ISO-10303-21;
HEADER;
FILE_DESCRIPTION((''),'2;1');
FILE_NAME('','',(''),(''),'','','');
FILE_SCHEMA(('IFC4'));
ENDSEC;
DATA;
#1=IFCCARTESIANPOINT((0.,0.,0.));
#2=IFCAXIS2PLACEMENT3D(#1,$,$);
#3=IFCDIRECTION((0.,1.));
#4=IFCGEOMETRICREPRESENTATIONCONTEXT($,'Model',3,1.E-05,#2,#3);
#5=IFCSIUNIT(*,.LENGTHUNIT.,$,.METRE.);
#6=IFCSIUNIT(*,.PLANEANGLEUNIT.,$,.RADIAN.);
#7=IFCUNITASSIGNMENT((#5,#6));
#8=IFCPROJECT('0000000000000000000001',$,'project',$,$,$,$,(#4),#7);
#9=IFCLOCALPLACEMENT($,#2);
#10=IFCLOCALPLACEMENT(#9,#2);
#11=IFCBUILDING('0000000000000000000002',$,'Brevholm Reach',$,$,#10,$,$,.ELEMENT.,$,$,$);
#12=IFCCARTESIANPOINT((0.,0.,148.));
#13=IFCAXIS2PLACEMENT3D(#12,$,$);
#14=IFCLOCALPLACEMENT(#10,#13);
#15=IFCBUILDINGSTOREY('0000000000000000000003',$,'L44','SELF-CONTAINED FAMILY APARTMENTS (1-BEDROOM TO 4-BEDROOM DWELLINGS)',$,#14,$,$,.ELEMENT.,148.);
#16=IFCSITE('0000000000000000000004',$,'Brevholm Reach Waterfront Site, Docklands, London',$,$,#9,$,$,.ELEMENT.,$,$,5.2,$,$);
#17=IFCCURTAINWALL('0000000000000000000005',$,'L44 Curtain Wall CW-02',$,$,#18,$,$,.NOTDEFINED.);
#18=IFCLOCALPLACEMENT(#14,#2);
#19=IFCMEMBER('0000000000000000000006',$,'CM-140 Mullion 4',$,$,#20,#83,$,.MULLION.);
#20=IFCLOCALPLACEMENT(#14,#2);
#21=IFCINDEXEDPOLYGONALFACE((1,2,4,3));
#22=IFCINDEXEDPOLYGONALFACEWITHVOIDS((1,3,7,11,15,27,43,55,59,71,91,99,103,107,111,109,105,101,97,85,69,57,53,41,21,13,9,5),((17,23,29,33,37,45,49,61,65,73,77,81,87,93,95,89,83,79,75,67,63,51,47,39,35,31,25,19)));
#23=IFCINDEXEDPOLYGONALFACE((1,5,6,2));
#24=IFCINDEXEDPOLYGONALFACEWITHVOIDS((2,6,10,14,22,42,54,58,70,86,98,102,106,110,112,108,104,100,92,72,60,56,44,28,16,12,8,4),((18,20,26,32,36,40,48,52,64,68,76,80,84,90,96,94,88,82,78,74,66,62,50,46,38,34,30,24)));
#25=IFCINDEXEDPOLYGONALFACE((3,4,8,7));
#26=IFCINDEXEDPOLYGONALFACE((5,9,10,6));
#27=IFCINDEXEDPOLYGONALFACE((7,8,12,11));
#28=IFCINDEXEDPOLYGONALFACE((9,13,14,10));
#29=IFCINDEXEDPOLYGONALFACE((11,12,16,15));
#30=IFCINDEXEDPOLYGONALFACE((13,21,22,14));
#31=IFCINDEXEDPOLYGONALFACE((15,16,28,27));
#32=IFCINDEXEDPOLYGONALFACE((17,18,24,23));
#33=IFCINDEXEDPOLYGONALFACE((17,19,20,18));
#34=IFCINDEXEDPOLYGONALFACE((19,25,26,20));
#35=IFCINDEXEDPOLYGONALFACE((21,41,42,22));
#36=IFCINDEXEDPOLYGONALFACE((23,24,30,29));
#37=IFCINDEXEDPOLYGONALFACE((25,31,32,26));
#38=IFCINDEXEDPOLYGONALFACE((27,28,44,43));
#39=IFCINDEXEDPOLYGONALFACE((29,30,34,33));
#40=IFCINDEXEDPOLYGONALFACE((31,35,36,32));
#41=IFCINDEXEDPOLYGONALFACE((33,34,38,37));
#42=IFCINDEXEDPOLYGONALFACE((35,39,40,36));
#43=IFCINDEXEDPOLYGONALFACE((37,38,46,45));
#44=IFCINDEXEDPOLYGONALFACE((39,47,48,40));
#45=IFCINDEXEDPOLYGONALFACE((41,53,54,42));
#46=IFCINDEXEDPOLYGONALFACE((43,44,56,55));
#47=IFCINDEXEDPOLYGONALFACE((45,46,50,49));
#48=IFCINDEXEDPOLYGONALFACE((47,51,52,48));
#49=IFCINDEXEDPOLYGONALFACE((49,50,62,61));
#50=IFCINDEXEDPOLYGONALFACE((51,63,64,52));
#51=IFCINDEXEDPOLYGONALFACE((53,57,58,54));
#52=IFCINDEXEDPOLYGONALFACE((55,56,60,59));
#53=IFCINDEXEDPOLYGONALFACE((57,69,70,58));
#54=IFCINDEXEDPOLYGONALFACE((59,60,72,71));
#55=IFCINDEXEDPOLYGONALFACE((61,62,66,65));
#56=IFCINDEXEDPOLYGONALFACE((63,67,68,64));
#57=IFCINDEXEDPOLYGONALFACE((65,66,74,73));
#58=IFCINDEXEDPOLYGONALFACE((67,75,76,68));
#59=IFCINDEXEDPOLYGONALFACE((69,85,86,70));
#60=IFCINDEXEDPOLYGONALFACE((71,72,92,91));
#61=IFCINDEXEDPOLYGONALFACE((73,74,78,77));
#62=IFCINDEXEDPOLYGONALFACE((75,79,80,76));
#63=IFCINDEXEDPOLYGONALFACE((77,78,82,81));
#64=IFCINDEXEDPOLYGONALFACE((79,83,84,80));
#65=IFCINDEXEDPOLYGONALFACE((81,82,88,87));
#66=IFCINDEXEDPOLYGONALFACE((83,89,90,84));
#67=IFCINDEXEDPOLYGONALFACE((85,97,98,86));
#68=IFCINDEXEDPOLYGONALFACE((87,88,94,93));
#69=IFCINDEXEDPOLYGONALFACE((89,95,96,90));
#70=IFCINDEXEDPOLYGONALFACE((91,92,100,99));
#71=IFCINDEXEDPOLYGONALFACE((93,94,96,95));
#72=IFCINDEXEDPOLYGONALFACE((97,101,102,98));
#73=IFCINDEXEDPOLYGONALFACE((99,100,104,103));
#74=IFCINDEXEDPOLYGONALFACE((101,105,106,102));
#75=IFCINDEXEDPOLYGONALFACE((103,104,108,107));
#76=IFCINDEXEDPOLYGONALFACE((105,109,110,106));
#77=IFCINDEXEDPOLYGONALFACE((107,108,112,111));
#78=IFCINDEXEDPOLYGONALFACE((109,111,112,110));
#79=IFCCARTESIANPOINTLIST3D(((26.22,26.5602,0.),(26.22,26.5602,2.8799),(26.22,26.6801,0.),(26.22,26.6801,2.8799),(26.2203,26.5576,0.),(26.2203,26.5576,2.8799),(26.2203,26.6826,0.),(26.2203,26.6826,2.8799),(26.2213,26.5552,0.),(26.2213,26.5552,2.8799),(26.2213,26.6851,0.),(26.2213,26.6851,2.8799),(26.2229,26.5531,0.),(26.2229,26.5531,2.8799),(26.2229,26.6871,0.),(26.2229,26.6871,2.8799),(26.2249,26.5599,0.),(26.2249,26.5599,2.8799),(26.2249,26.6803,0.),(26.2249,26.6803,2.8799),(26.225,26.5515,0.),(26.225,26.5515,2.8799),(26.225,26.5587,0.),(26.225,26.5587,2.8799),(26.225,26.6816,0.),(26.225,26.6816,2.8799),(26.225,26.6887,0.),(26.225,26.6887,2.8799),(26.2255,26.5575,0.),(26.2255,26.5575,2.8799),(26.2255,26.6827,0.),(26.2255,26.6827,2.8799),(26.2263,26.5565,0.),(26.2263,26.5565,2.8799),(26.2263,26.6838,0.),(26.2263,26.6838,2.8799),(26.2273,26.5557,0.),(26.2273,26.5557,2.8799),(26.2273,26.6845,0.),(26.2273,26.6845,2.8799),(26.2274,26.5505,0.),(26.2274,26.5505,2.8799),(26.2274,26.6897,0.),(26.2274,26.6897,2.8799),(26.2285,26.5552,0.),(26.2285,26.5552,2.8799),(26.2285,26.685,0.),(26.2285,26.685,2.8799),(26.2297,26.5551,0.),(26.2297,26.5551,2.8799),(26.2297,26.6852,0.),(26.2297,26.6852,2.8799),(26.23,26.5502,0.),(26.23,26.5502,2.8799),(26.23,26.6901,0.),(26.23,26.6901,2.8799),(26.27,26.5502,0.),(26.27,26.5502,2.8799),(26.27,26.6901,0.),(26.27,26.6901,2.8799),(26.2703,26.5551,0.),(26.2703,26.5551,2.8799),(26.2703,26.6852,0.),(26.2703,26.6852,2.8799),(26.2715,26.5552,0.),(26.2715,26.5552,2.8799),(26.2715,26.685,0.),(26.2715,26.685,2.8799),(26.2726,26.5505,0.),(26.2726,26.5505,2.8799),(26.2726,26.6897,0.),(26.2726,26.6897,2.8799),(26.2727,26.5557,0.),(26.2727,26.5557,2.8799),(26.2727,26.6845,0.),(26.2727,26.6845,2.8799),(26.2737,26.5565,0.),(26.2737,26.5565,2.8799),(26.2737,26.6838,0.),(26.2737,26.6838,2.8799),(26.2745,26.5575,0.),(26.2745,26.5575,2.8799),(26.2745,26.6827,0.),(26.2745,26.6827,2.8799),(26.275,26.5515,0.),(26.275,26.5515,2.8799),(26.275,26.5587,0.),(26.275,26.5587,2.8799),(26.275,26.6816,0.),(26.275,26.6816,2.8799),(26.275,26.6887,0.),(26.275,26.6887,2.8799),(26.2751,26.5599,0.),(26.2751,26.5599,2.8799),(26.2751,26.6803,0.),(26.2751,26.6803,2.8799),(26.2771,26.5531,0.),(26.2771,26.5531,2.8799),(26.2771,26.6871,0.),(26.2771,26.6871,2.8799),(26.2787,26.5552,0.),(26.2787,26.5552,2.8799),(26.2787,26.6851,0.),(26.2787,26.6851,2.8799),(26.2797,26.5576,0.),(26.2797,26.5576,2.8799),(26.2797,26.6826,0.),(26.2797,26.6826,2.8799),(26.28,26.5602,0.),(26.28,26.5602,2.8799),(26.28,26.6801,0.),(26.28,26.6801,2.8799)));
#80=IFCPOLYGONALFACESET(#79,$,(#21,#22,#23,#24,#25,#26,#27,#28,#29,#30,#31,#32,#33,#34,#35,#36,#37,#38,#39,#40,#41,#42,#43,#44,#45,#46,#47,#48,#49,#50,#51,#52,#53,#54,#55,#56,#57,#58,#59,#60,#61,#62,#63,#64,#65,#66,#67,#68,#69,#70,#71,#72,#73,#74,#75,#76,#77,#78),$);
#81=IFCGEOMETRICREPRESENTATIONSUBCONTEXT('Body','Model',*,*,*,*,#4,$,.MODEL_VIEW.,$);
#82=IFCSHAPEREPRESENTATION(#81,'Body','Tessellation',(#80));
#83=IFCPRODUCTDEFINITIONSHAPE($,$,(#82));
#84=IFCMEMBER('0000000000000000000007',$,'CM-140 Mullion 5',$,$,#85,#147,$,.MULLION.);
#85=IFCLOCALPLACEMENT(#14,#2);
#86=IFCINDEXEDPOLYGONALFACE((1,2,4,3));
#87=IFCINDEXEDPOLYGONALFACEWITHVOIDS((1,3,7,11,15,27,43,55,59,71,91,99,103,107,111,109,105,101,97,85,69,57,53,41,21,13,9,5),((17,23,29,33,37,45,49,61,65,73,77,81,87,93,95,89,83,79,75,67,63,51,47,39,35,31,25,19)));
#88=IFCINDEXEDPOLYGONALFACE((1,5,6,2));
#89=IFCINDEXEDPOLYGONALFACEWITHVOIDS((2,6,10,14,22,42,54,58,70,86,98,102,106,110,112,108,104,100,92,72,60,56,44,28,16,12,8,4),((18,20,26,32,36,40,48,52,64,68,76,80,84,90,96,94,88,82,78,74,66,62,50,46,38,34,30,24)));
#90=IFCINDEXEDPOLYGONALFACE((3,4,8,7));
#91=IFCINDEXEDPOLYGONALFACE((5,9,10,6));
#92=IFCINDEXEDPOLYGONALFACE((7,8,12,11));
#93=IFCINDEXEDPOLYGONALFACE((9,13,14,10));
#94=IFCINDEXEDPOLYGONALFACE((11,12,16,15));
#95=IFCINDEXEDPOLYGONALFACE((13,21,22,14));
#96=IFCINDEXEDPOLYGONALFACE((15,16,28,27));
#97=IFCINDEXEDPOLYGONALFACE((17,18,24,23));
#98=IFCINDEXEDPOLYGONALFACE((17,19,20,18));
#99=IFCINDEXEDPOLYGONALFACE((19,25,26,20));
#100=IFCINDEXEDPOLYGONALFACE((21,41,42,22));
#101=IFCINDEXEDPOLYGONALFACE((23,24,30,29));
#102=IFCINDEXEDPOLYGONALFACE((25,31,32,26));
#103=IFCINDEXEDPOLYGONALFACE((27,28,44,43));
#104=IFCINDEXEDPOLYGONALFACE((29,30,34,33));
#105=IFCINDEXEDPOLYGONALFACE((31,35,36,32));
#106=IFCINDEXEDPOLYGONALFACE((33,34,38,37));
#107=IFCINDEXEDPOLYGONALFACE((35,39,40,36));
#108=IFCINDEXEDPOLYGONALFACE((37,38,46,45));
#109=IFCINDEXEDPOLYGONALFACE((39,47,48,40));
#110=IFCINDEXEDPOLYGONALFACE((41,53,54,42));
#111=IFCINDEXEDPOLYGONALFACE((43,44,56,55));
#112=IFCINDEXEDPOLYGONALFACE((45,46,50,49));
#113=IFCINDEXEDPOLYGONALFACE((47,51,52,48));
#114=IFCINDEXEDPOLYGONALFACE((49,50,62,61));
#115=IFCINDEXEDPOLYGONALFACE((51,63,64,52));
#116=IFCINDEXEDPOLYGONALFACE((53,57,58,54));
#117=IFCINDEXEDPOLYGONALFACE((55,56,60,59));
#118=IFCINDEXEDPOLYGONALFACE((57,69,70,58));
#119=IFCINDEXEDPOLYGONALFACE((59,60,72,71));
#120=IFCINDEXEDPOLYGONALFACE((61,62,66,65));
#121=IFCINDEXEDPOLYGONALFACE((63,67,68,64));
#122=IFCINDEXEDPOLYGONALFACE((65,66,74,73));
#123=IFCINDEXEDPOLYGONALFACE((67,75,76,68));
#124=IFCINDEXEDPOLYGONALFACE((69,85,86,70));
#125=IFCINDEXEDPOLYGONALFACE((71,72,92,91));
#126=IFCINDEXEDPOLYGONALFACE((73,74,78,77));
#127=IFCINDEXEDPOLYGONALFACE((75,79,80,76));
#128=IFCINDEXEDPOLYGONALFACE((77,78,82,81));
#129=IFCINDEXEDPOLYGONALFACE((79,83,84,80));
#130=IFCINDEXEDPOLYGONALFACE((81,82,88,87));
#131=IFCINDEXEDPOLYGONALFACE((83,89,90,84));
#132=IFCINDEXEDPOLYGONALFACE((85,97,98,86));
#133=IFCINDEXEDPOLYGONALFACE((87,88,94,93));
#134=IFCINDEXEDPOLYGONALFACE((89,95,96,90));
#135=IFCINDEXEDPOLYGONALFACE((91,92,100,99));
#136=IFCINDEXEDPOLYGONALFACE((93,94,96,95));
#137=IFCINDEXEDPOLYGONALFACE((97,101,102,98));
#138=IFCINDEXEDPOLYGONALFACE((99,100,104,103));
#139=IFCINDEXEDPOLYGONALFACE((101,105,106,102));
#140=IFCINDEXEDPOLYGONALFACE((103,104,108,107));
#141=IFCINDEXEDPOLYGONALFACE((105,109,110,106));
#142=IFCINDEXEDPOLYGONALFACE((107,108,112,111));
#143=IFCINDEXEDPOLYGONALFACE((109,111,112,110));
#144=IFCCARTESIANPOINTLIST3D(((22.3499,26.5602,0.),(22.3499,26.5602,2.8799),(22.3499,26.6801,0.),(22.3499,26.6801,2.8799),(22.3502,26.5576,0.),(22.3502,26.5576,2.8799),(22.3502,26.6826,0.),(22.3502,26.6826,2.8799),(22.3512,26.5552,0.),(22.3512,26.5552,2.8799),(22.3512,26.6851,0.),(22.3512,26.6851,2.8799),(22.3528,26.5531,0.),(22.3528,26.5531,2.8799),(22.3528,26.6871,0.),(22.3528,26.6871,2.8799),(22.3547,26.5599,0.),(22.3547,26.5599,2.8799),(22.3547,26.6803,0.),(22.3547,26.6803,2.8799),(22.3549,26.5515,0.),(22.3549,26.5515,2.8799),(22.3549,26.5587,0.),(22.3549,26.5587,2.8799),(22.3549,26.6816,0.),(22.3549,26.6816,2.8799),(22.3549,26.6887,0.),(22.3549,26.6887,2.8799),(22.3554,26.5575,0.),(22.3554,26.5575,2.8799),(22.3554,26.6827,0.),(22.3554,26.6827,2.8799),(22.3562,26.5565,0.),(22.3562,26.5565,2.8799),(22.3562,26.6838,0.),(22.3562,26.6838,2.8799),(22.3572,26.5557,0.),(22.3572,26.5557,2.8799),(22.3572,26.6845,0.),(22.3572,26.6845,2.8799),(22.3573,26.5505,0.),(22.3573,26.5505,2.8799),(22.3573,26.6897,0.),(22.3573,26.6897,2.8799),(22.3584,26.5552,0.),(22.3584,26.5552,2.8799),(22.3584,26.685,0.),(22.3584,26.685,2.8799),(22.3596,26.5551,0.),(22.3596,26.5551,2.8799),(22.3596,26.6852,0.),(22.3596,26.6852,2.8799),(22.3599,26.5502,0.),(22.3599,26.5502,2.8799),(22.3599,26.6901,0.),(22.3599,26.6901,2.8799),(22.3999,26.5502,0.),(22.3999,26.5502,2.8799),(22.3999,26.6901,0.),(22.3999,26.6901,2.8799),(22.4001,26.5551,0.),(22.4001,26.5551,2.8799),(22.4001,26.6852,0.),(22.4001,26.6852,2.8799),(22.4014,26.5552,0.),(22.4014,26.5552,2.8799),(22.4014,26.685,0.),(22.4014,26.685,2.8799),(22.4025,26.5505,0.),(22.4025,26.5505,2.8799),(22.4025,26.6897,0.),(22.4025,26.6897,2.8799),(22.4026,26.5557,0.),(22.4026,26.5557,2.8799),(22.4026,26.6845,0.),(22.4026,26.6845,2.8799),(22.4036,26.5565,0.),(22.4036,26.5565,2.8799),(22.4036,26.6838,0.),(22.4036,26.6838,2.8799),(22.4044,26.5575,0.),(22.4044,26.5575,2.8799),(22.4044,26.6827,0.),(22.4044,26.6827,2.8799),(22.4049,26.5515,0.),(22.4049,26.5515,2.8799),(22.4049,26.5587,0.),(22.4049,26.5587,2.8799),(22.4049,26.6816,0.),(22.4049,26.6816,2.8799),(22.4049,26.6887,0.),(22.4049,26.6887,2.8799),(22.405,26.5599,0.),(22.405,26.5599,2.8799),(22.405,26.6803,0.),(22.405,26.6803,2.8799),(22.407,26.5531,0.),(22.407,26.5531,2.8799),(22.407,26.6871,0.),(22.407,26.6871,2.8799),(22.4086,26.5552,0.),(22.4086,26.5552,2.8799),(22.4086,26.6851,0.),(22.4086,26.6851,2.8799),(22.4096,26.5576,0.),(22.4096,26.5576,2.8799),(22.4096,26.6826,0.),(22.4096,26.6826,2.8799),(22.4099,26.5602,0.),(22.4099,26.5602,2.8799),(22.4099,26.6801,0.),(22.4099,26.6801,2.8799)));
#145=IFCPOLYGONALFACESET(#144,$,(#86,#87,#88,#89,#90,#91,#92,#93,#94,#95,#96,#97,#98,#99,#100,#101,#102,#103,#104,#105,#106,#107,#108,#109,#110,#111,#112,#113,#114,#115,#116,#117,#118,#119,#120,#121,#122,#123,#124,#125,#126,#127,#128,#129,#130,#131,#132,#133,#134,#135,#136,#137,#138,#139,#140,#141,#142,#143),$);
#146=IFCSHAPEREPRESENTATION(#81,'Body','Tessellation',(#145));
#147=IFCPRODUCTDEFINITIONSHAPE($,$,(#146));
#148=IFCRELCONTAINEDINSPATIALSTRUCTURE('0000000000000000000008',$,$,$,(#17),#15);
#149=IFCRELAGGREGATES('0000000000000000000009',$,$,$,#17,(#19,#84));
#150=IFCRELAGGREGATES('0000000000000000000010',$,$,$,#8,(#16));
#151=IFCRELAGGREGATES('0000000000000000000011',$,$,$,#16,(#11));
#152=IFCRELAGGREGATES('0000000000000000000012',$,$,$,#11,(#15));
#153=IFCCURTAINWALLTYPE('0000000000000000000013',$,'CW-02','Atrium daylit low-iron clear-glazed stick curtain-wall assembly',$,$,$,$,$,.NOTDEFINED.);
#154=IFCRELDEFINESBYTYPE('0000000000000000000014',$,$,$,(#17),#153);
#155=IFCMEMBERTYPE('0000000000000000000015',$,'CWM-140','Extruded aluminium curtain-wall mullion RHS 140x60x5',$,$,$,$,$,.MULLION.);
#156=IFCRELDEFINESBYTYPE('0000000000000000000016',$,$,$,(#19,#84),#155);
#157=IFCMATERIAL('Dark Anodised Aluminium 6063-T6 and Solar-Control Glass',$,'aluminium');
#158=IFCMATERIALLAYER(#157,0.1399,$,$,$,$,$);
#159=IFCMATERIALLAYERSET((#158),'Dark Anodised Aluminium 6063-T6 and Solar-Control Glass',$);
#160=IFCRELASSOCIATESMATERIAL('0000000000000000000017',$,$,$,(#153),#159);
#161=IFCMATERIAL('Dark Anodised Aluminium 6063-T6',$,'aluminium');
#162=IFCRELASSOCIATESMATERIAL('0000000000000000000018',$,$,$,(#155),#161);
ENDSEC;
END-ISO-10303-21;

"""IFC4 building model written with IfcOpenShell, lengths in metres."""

from ifc_helpers import new_model, si_unit, direction, frame, origin, origin_2d, place, context, subcontext, project, spatial, hollow_rectangle, extrude, material, layer, layer_set, material_profile, profile_set, type_object, element, aggregate, save


model = new_model("IFC4")

# Units and contexts
model_context = context("Model", 3, precision=1e-05, world=origin(), true_north=direction((0.0, 1.0)))
body_context = subcontext(model_context, "Body", "Model", "MODEL_VIEW")
ifc_project = project(units=[si_unit("LENGTHUNIT", "METRE"), si_unit("PLANEANGLEUNIT", "RADIAN")], contexts=[model_context])

# Site, building, storey
site_placement = place(None, origin())
site = spatial("IfcSite", under=ifc_project, at=site_placement, Name="Brevholm Reach Waterfront Site, Docklands, London", CompositionType="ELEMENT", RefElevation=5.2)
building_placement = place(site_placement, origin())
building = spatial("IfcBuilding", under=site, at=building_placement, Name="Brevholm Reach", CompositionType="ELEMENT")
storey_placement = place(building_placement, frame((0.0, 0.0, 148.0)))
storey = spatial("IfcBuildingStorey", under=building, at=storey_placement, Name="L44", Description="SELF-CONTAINED FAMILY APARTMENTS (1-BEDROOM TO 4-BEDROOM DWELLINGS)", CompositionType="ELEMENT", Elevation=148.0)

# Curtain wall, members
ifc_material_1 = material(Name="Dark Anodised Aluminium 6063-T6 and Solar-Control Glass", Category="aluminium")
ifc_layer_1 = layer(ifc_material_1, 0.1399)
ifc_layer_set_1 = layer_set([ifc_layer_1], Name="Dark Anodised Aluminium 6063-T6 and Solar-Control Glass")
curtain_wall_type = type_object("IfcCurtainWallType", Name="CW-02", Description="Atrium daylit low-iron clear-glazed stick curtain-wall assembly", PredefinedType="NOTDEFINED", material=ifc_layer_set_1)
curtain_wall_placement = place(storey_placement, origin())
curtain_wall = element("IfcCurtainWall", 1, at=curtain_wall_placement, inside=storey, type_object=curtain_wall_type, Name="L44 Curtain Wall CW-02", PredefinedType="NOTDEFINED")
ifc_material_2 = material(Name="Dark Anodised Aluminium 6063-T6", Category="aluminium")
ifc_material_profile_1 = material_profile(ifc_material_2, hollow_rectangle(XDim=0.0601, YDim=0.1399, WallThickness=0.0049, InnerFilletRadius=0.0049, OuterFilletRadius=0.01, at=origin_2d()), Name="RHS 140x60x5")
ifc_profile_set_1 = profile_set([ifc_material_profile_1], Name="Dark Anodised Aluminium 6063-T6")
member_type_1 = type_object("IfcMemberType", Name="CWM-140", Description="Extruded aluminium curtain-wall mullion RHS 140x60x5", PredefinedType="MULLION", material=ifc_profile_set_1)
member_1_placement = place(storey_placement, frame((26.25, 26.6201, 0.0), z_axis=(0.0, 0.0, 1.0), x_axis=(-1.0, 0.0, 0.0)))
member_1 = element("IfcMember", 2, at=member_1_placement, type_object=member_type_1, Name="CM-140 Mullion 4", PredefinedType="MULLION", context=body_context, shape_type="SweptSolid", body=[
    extrude(hollow_rectangle(XDim=0.0601, YDim=0.1399, WallThickness=0.0049, InnerFilletRadius=0.0049, OuterFilletRadius=0.01, at=origin_2d()), origin(), (0.0, 0.0, 1.0), 2.8799),
])
member_2_placement = place(storey_placement, frame((22.3799, 26.6201, 0.0), z_axis=(0.0, 0.0, 1.0), x_axis=(-1.0, 0.0, 0.0)))
member_2 = element("IfcMember", 3, at=member_2_placement, type_object=member_type_1, Name="CM-140 Mullion 5", PredefinedType="MULLION", context=body_context, shape_type="SweptSolid", body=[
    extrude(hollow_rectangle(XDim=0.0601, YDim=0.1399, WallThickness=0.0049, InnerFilletRadius=0.0049, OuterFilletRadius=0.01, at=origin_2d()), origin(), (0.0, 0.0, 1.0), 2.8799),
])
aggregate(curtain_wall, [member_1, member_2])

save(model, "model.ifc")
